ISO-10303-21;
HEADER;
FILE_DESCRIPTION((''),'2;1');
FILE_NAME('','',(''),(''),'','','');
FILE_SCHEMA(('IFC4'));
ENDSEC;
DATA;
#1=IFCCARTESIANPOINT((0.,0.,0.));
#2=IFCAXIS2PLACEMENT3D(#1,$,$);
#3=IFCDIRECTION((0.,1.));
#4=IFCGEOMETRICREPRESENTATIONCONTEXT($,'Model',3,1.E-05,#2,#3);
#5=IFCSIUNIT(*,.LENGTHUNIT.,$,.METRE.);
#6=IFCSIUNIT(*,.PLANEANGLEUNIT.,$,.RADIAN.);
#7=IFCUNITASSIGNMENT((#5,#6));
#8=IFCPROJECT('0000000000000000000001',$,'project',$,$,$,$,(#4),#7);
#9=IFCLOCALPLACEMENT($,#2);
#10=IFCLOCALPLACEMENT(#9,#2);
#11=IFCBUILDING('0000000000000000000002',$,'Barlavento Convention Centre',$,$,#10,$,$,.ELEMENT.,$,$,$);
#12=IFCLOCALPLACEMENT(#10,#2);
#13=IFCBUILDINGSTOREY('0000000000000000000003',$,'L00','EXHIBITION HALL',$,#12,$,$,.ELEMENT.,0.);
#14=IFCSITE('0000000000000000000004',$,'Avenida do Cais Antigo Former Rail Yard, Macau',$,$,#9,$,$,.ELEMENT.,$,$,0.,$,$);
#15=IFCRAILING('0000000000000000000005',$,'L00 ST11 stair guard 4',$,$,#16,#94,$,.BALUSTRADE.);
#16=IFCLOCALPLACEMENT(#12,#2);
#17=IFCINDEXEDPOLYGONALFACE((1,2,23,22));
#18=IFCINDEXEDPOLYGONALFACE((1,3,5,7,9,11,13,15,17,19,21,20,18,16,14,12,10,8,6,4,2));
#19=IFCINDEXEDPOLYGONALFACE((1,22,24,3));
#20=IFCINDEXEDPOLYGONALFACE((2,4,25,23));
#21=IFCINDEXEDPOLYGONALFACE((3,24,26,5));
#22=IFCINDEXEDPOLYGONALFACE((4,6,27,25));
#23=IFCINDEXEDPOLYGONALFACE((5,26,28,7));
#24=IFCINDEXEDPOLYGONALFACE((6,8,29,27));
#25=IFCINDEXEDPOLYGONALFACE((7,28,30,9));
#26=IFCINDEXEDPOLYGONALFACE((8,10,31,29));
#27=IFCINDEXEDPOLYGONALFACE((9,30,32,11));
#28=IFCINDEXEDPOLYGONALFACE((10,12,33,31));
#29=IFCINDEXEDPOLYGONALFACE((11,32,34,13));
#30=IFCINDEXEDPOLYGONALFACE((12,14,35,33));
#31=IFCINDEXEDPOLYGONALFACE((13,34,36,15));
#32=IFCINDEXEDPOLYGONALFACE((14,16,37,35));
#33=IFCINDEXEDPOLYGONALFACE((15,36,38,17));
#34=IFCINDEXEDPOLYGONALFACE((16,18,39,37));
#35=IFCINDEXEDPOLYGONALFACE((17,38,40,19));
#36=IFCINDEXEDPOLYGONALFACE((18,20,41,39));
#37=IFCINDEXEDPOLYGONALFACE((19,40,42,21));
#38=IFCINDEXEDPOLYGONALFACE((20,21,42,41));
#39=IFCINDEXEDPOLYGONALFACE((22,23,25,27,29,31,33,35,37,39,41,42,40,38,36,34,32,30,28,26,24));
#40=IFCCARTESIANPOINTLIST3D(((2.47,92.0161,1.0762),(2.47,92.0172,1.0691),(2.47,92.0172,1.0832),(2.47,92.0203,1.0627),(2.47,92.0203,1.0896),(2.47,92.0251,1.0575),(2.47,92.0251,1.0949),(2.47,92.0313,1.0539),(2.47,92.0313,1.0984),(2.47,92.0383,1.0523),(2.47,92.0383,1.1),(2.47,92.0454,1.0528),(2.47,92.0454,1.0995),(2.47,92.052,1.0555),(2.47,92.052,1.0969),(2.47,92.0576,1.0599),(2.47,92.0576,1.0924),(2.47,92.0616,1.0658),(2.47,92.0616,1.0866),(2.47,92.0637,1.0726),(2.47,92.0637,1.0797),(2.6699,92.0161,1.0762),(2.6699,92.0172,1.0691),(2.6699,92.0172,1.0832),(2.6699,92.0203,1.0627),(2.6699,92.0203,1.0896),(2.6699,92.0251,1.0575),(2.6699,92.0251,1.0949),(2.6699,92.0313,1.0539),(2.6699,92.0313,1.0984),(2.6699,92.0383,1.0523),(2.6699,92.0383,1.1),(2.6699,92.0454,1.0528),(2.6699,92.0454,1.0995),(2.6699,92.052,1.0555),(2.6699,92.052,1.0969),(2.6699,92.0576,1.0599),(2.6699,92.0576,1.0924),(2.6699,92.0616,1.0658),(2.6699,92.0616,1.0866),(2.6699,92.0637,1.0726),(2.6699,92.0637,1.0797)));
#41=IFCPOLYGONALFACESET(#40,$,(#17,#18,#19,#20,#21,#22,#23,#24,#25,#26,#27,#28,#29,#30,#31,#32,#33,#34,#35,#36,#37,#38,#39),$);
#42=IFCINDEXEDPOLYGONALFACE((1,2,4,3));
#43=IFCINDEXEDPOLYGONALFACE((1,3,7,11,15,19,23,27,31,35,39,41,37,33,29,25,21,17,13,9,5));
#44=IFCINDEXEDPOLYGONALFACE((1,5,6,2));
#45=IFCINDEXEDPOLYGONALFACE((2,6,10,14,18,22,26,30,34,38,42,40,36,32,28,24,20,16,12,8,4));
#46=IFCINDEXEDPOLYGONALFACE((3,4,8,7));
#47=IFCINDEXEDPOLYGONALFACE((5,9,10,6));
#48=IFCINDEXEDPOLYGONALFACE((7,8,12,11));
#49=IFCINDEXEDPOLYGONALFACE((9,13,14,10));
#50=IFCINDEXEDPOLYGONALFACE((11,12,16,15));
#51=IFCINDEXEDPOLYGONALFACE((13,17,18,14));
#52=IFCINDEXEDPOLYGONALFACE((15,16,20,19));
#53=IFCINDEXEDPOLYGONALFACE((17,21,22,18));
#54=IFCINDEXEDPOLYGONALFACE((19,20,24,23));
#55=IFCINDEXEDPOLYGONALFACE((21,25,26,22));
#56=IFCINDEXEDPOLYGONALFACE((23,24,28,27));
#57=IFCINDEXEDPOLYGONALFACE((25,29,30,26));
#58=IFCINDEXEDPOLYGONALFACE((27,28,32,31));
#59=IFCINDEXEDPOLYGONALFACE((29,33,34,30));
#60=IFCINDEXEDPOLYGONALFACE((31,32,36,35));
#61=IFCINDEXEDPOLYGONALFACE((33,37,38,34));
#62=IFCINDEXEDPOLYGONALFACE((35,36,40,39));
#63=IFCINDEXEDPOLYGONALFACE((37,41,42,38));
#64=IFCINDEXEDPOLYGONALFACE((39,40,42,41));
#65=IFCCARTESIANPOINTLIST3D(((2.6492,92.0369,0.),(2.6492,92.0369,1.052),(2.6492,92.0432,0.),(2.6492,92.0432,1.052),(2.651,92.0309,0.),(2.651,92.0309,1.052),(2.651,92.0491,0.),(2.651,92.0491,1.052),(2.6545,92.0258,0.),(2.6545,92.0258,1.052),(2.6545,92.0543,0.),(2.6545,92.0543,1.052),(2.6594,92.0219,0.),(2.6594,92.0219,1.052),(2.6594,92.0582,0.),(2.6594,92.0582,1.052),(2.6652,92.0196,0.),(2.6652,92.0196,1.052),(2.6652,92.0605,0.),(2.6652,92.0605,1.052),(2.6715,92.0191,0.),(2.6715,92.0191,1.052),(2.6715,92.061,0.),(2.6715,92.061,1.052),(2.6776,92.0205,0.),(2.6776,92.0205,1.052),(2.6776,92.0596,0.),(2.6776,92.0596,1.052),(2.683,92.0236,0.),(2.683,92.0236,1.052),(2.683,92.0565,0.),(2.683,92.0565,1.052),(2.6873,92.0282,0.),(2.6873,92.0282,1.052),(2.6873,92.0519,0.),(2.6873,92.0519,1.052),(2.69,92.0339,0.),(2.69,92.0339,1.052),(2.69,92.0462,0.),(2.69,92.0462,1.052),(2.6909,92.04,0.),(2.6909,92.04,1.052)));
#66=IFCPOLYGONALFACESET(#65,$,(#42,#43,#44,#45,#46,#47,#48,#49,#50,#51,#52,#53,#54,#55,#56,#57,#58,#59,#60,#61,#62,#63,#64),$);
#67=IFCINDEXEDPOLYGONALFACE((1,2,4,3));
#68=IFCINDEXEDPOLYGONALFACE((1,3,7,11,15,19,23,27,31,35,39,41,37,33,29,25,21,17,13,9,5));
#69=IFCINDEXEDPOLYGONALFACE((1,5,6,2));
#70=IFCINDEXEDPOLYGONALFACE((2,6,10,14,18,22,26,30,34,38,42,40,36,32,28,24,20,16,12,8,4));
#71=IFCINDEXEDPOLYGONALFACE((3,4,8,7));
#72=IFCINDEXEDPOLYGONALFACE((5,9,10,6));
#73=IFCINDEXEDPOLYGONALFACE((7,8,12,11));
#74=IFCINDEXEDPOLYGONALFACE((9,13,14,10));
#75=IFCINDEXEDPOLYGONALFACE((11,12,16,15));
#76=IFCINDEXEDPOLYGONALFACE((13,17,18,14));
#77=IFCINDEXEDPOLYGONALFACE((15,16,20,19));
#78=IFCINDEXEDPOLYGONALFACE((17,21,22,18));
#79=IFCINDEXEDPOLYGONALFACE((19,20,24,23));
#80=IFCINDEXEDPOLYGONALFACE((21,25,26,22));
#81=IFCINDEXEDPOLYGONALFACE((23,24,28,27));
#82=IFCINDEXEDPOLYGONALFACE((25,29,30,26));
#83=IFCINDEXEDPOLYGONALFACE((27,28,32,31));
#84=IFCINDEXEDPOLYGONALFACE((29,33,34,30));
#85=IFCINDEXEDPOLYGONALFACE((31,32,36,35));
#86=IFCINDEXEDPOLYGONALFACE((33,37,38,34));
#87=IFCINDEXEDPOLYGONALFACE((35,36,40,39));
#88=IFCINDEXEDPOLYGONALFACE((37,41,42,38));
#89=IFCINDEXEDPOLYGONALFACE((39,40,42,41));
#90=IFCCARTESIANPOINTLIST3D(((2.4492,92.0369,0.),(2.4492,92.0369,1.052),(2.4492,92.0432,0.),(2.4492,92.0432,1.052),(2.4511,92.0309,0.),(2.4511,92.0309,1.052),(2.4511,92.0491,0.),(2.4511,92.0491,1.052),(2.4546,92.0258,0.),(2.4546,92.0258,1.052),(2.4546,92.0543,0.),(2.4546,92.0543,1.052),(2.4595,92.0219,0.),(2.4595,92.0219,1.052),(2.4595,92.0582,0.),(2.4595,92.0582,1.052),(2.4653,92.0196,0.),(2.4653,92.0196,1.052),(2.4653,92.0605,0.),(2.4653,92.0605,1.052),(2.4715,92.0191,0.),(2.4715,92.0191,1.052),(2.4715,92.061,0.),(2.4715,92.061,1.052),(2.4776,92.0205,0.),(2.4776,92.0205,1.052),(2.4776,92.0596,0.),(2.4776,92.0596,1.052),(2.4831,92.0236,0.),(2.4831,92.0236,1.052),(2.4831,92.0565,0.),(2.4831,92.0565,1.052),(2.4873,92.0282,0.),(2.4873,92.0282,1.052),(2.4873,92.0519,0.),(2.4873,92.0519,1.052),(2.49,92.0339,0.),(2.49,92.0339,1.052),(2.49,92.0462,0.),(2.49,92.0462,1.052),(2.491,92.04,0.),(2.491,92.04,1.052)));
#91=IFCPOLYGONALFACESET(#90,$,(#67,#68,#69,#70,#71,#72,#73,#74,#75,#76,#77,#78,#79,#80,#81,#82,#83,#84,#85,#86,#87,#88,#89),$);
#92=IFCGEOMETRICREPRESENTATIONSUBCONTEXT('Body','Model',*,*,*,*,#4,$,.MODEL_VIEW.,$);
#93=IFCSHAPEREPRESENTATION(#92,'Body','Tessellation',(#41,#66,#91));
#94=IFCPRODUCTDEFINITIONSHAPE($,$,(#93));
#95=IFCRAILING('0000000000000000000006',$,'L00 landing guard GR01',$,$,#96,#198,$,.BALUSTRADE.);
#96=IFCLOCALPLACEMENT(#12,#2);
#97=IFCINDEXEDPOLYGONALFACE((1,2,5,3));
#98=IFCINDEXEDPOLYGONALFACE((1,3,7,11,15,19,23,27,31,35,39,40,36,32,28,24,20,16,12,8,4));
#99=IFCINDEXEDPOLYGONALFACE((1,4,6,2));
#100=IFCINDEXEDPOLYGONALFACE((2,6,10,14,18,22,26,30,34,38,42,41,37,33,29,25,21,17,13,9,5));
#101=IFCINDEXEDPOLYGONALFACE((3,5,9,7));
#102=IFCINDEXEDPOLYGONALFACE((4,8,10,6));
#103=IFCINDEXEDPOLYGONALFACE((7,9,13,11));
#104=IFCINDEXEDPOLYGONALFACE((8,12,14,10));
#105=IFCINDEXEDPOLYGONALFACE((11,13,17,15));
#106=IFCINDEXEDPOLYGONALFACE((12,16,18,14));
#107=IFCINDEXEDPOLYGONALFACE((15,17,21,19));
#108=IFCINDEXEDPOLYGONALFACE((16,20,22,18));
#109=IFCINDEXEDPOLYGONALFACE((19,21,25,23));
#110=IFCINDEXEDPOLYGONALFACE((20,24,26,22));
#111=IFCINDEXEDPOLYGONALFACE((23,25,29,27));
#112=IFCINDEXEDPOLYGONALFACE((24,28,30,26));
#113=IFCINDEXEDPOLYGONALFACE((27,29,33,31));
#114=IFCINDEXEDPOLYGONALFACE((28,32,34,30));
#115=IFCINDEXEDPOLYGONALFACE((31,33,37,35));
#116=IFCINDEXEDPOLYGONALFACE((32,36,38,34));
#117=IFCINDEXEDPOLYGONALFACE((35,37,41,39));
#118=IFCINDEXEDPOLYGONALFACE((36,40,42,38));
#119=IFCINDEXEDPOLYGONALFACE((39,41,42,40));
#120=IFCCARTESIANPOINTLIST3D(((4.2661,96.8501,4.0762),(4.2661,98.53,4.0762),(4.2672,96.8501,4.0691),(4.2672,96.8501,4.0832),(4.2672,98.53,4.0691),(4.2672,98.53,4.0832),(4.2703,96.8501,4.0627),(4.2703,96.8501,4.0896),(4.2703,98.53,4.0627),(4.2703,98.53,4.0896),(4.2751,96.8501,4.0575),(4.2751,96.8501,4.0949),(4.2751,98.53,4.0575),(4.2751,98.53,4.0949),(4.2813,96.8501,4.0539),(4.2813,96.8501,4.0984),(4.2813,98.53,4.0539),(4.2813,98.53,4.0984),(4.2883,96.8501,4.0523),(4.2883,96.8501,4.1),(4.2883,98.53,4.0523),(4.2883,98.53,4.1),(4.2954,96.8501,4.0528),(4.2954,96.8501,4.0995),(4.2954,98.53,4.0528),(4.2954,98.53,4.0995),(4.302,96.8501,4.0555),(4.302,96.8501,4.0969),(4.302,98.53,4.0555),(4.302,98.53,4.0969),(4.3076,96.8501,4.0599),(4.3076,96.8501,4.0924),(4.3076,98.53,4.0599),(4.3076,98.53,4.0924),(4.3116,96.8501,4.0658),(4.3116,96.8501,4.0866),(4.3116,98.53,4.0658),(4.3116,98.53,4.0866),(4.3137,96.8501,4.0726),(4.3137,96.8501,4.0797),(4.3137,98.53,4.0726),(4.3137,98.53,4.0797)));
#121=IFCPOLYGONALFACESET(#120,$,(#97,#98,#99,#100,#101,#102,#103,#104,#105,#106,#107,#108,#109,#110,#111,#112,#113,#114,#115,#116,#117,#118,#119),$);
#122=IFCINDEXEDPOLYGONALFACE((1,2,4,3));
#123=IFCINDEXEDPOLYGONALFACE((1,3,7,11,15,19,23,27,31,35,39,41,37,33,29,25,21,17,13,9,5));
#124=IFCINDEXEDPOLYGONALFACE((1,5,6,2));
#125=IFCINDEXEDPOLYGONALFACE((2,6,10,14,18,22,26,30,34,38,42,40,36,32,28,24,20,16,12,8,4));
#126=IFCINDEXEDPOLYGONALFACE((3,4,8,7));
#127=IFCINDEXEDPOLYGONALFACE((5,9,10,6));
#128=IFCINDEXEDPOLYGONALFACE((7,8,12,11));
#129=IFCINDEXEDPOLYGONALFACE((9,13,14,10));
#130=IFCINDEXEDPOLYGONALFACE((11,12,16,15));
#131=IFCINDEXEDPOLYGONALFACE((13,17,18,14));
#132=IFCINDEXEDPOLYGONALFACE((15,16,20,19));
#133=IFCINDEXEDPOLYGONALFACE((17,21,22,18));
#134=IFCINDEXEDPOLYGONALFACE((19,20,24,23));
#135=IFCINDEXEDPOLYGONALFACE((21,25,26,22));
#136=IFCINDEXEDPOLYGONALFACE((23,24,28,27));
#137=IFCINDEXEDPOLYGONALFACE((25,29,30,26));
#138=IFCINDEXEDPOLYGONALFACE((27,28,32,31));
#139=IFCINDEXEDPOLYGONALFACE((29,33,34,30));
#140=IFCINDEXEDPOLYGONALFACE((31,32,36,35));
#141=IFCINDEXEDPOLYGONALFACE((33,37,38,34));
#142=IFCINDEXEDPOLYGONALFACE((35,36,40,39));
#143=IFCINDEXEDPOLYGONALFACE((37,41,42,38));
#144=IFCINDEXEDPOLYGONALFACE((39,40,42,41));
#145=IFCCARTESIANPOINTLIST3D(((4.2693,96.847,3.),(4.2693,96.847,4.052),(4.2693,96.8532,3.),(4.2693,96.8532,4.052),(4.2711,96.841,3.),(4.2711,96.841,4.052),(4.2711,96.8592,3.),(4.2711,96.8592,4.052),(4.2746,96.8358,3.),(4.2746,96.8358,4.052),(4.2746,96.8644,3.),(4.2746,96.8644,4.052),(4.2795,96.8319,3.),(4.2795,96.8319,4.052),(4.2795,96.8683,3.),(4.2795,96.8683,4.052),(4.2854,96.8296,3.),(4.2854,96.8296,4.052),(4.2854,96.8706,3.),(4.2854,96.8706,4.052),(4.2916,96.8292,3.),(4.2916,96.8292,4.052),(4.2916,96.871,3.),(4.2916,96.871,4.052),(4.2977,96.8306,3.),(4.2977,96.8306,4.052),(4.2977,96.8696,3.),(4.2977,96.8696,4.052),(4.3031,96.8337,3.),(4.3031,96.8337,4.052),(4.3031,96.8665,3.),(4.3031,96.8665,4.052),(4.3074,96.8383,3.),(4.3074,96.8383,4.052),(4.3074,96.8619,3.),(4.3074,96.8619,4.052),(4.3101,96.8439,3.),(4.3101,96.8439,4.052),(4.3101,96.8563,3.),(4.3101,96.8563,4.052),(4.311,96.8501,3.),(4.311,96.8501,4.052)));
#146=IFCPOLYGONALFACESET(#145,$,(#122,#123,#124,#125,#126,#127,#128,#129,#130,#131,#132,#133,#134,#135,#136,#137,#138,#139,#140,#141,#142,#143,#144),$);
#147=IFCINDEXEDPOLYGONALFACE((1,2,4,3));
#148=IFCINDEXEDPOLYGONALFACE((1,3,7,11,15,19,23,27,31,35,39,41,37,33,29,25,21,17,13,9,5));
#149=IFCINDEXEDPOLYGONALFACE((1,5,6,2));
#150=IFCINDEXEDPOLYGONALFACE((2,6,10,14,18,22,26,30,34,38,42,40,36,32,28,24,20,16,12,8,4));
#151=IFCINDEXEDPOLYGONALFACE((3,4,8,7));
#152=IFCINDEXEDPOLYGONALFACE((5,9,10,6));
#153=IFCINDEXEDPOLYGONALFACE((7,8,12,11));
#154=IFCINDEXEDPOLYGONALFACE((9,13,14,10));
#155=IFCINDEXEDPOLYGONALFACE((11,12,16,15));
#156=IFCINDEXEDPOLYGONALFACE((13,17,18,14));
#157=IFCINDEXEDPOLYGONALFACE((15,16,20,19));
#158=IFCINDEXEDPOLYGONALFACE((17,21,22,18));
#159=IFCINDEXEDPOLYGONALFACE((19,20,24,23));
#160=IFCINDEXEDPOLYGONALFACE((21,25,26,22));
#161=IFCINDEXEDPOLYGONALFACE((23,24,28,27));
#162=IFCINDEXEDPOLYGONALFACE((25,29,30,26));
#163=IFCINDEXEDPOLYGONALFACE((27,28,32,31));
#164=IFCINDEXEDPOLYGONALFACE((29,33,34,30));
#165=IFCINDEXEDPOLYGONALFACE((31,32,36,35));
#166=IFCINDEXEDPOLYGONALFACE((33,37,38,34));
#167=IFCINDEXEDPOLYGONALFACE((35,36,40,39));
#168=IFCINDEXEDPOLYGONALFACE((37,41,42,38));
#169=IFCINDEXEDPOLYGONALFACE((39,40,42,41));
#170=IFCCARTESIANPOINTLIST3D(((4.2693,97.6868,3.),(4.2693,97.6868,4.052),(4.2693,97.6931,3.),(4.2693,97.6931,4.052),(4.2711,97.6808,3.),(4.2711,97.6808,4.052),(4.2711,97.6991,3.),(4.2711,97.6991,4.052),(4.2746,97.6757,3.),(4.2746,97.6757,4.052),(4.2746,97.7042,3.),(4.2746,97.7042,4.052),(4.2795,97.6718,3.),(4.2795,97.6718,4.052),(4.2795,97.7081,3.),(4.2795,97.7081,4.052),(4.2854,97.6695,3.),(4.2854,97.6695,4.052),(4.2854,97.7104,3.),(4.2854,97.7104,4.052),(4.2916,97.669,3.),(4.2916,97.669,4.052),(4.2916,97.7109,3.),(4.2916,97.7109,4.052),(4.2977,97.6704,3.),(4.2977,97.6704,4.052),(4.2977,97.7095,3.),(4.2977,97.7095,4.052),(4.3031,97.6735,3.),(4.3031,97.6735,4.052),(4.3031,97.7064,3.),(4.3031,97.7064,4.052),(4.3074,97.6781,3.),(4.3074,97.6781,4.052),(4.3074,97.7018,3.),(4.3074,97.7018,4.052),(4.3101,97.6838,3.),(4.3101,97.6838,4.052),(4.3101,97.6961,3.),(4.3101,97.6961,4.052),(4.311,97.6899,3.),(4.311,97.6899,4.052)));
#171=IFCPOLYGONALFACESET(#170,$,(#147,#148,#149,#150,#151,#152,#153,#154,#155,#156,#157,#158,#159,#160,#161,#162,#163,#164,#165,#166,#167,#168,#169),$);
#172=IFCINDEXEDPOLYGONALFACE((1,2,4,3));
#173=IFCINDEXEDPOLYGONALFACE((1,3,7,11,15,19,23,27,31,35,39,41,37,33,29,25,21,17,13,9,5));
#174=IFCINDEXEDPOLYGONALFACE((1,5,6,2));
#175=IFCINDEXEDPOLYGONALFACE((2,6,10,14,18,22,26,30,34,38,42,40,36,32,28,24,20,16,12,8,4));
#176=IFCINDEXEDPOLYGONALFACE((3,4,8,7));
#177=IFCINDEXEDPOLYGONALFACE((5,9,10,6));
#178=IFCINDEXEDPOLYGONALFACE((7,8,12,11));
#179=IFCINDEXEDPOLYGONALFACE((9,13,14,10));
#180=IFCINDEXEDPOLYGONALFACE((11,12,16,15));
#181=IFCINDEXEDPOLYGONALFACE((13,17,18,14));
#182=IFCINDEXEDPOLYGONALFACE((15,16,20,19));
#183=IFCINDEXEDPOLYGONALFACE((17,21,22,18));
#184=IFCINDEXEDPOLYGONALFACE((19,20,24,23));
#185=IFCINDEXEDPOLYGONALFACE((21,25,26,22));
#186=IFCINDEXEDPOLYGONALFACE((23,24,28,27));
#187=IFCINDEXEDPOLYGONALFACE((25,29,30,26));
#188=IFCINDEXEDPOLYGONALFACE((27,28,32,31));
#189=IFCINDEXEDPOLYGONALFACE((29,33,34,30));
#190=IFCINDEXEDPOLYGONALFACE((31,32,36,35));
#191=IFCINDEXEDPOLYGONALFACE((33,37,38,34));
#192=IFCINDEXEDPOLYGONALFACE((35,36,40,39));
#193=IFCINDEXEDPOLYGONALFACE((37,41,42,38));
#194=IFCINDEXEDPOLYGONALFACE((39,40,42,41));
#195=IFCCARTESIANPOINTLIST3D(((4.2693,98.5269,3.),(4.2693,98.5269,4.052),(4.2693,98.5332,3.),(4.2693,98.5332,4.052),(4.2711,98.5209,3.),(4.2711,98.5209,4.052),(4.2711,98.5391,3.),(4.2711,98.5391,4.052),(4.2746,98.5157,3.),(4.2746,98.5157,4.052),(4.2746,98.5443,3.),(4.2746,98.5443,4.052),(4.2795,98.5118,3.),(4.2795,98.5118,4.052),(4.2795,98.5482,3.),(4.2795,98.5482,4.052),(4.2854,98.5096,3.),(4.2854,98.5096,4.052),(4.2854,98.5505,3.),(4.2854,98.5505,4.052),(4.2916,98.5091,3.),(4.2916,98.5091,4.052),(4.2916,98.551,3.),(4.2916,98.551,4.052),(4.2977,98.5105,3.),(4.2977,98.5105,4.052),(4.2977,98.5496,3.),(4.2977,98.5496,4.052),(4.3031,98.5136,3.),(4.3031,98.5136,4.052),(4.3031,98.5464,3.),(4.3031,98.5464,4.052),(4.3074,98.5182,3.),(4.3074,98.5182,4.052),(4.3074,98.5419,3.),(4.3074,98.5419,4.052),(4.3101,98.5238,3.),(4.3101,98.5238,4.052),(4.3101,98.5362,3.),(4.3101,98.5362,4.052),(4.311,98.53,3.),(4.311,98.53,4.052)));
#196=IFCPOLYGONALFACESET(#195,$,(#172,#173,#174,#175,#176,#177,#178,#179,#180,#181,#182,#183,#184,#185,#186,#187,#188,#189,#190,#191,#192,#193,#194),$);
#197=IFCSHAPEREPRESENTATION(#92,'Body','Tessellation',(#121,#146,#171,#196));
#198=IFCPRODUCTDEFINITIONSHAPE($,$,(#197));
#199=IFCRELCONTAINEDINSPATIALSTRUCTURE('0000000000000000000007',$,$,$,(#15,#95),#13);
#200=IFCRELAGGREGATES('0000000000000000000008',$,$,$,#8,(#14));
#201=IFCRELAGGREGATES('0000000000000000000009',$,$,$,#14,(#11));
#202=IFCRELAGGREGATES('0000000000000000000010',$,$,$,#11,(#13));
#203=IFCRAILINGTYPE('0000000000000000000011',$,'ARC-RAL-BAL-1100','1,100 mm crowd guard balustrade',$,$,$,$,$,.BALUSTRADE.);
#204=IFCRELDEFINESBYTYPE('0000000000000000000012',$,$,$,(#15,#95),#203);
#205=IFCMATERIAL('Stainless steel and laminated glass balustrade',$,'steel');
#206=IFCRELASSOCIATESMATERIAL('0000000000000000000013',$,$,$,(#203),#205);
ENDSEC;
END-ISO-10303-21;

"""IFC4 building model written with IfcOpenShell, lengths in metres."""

from ifc_helpers import new_model, si_unit, direction, frame, origin, origin_2d, place, context, subcontext, project, spatial, circle, extrude, material, type_object, element, save


model = new_model("IFC4")

# Units and contexts
model_context = context("Model", 3, precision=1e-05, world=origin(), true_north=direction((0.0, 1.0)))
body_context = subcontext(model_context, "Body", "Model", "MODEL_VIEW")
ifc_project = project(units=[si_unit("LENGTHUNIT", "METRE"), si_unit("PLANEANGLEUNIT", "RADIAN")], contexts=[model_context])

# Site, building, storey
site_placement = place(None, origin())
site = spatial("IfcSite", under=ifc_project, at=site_placement, Name="Avenida do Cais Antigo Former Rail Yard, Macau", CompositionType="ELEMENT", RefElevation=0.0)
building_placement = place(site_placement, origin())
building = spatial("IfcBuilding", under=site, at=building_placement, Name="Barlavento Convention Centre", CompositionType="ELEMENT")
storey_placement = place(building_placement, origin())
storey = spatial("IfcBuildingStorey", under=building, at=storey_placement, Name="L00", Description="EXHIBITION HALL", CompositionType="ELEMENT", Elevation=0.0)

# Railings
ifc_material_1 = material(Name="Stainless steel and laminated glass balustrade", Category="steel")
railing_type_1 = type_object("IfcRailingType", Name="ARC-RAL-BAL-1100", Description="1,100 mm crowd guard balustrade", PredefinedType="BALUSTRADE", material=ifc_material_1)
railing_1_placement = place(storey_placement, frame((2.6699, 92.04, 0.0)))
element("IfcRailing", 1, at=railing_1_placement, inside=storey, type_object=railing_type_1, Name="L00 ST11 stair guard 4", PredefinedType="BALUSTRADE", context=body_context, shape_type="SweptSolid", body=[
    extrude(circle(Radius=0.0239, at=origin_2d()), frame((0.0, 0.0, 1.0762), z_axis=(-1.0, 0.0, 0.0), x_axis=(0.0, -1.0, 0.0)), (0.0, 0.0, 1.0), 0.2),
    extrude(circle(Radius=0.021, at=origin_2d()), origin(), (0.0, 0.0, 1.0), 1.052),
    extrude(circle(Radius=0.021, at=origin_2d()), frame((-0.2, 0.0, 0.0)), (0.0, 0.0, 1.0), 1.052),
])
for number, where, name in (
    (2, (4.29, 96.8501, 3.0), "L00 landing guard GR01"),
):
    element("IfcRailing", number, at=place(storey_placement, frame(where)), inside=storey, type_object=railing_type_1, Name=name, PredefinedType="BALUSTRADE", context=body_context, shape_type="SweptSolid", body=[
        extrude(circle(Radius=0.0239, at=origin_2d()), frame((0.0, 0.0, 1.0762), z_axis=(0.0, 1.0, 0.0), x_axis=(-1.0, 0.0, 0.0)), (0.0, 0.0, 1.0), 1.6799),
        extrude(circle(Radius=0.021, at=origin_2d()), origin(), (0.0, 0.0, 1.0), 1.052),
        extrude(circle(Radius=0.021, at=origin_2d()), frame((0.0, 0.8398, 0.0)), (0.0, 0.0, 1.0), 1.052),
        extrude(circle(Radius=0.021, at=origin_2d()), frame((0.0, 1.6799, 0.0)), (0.0, 0.0, 1.0), 1.052),
    ])

save(model, "model.ifc")
